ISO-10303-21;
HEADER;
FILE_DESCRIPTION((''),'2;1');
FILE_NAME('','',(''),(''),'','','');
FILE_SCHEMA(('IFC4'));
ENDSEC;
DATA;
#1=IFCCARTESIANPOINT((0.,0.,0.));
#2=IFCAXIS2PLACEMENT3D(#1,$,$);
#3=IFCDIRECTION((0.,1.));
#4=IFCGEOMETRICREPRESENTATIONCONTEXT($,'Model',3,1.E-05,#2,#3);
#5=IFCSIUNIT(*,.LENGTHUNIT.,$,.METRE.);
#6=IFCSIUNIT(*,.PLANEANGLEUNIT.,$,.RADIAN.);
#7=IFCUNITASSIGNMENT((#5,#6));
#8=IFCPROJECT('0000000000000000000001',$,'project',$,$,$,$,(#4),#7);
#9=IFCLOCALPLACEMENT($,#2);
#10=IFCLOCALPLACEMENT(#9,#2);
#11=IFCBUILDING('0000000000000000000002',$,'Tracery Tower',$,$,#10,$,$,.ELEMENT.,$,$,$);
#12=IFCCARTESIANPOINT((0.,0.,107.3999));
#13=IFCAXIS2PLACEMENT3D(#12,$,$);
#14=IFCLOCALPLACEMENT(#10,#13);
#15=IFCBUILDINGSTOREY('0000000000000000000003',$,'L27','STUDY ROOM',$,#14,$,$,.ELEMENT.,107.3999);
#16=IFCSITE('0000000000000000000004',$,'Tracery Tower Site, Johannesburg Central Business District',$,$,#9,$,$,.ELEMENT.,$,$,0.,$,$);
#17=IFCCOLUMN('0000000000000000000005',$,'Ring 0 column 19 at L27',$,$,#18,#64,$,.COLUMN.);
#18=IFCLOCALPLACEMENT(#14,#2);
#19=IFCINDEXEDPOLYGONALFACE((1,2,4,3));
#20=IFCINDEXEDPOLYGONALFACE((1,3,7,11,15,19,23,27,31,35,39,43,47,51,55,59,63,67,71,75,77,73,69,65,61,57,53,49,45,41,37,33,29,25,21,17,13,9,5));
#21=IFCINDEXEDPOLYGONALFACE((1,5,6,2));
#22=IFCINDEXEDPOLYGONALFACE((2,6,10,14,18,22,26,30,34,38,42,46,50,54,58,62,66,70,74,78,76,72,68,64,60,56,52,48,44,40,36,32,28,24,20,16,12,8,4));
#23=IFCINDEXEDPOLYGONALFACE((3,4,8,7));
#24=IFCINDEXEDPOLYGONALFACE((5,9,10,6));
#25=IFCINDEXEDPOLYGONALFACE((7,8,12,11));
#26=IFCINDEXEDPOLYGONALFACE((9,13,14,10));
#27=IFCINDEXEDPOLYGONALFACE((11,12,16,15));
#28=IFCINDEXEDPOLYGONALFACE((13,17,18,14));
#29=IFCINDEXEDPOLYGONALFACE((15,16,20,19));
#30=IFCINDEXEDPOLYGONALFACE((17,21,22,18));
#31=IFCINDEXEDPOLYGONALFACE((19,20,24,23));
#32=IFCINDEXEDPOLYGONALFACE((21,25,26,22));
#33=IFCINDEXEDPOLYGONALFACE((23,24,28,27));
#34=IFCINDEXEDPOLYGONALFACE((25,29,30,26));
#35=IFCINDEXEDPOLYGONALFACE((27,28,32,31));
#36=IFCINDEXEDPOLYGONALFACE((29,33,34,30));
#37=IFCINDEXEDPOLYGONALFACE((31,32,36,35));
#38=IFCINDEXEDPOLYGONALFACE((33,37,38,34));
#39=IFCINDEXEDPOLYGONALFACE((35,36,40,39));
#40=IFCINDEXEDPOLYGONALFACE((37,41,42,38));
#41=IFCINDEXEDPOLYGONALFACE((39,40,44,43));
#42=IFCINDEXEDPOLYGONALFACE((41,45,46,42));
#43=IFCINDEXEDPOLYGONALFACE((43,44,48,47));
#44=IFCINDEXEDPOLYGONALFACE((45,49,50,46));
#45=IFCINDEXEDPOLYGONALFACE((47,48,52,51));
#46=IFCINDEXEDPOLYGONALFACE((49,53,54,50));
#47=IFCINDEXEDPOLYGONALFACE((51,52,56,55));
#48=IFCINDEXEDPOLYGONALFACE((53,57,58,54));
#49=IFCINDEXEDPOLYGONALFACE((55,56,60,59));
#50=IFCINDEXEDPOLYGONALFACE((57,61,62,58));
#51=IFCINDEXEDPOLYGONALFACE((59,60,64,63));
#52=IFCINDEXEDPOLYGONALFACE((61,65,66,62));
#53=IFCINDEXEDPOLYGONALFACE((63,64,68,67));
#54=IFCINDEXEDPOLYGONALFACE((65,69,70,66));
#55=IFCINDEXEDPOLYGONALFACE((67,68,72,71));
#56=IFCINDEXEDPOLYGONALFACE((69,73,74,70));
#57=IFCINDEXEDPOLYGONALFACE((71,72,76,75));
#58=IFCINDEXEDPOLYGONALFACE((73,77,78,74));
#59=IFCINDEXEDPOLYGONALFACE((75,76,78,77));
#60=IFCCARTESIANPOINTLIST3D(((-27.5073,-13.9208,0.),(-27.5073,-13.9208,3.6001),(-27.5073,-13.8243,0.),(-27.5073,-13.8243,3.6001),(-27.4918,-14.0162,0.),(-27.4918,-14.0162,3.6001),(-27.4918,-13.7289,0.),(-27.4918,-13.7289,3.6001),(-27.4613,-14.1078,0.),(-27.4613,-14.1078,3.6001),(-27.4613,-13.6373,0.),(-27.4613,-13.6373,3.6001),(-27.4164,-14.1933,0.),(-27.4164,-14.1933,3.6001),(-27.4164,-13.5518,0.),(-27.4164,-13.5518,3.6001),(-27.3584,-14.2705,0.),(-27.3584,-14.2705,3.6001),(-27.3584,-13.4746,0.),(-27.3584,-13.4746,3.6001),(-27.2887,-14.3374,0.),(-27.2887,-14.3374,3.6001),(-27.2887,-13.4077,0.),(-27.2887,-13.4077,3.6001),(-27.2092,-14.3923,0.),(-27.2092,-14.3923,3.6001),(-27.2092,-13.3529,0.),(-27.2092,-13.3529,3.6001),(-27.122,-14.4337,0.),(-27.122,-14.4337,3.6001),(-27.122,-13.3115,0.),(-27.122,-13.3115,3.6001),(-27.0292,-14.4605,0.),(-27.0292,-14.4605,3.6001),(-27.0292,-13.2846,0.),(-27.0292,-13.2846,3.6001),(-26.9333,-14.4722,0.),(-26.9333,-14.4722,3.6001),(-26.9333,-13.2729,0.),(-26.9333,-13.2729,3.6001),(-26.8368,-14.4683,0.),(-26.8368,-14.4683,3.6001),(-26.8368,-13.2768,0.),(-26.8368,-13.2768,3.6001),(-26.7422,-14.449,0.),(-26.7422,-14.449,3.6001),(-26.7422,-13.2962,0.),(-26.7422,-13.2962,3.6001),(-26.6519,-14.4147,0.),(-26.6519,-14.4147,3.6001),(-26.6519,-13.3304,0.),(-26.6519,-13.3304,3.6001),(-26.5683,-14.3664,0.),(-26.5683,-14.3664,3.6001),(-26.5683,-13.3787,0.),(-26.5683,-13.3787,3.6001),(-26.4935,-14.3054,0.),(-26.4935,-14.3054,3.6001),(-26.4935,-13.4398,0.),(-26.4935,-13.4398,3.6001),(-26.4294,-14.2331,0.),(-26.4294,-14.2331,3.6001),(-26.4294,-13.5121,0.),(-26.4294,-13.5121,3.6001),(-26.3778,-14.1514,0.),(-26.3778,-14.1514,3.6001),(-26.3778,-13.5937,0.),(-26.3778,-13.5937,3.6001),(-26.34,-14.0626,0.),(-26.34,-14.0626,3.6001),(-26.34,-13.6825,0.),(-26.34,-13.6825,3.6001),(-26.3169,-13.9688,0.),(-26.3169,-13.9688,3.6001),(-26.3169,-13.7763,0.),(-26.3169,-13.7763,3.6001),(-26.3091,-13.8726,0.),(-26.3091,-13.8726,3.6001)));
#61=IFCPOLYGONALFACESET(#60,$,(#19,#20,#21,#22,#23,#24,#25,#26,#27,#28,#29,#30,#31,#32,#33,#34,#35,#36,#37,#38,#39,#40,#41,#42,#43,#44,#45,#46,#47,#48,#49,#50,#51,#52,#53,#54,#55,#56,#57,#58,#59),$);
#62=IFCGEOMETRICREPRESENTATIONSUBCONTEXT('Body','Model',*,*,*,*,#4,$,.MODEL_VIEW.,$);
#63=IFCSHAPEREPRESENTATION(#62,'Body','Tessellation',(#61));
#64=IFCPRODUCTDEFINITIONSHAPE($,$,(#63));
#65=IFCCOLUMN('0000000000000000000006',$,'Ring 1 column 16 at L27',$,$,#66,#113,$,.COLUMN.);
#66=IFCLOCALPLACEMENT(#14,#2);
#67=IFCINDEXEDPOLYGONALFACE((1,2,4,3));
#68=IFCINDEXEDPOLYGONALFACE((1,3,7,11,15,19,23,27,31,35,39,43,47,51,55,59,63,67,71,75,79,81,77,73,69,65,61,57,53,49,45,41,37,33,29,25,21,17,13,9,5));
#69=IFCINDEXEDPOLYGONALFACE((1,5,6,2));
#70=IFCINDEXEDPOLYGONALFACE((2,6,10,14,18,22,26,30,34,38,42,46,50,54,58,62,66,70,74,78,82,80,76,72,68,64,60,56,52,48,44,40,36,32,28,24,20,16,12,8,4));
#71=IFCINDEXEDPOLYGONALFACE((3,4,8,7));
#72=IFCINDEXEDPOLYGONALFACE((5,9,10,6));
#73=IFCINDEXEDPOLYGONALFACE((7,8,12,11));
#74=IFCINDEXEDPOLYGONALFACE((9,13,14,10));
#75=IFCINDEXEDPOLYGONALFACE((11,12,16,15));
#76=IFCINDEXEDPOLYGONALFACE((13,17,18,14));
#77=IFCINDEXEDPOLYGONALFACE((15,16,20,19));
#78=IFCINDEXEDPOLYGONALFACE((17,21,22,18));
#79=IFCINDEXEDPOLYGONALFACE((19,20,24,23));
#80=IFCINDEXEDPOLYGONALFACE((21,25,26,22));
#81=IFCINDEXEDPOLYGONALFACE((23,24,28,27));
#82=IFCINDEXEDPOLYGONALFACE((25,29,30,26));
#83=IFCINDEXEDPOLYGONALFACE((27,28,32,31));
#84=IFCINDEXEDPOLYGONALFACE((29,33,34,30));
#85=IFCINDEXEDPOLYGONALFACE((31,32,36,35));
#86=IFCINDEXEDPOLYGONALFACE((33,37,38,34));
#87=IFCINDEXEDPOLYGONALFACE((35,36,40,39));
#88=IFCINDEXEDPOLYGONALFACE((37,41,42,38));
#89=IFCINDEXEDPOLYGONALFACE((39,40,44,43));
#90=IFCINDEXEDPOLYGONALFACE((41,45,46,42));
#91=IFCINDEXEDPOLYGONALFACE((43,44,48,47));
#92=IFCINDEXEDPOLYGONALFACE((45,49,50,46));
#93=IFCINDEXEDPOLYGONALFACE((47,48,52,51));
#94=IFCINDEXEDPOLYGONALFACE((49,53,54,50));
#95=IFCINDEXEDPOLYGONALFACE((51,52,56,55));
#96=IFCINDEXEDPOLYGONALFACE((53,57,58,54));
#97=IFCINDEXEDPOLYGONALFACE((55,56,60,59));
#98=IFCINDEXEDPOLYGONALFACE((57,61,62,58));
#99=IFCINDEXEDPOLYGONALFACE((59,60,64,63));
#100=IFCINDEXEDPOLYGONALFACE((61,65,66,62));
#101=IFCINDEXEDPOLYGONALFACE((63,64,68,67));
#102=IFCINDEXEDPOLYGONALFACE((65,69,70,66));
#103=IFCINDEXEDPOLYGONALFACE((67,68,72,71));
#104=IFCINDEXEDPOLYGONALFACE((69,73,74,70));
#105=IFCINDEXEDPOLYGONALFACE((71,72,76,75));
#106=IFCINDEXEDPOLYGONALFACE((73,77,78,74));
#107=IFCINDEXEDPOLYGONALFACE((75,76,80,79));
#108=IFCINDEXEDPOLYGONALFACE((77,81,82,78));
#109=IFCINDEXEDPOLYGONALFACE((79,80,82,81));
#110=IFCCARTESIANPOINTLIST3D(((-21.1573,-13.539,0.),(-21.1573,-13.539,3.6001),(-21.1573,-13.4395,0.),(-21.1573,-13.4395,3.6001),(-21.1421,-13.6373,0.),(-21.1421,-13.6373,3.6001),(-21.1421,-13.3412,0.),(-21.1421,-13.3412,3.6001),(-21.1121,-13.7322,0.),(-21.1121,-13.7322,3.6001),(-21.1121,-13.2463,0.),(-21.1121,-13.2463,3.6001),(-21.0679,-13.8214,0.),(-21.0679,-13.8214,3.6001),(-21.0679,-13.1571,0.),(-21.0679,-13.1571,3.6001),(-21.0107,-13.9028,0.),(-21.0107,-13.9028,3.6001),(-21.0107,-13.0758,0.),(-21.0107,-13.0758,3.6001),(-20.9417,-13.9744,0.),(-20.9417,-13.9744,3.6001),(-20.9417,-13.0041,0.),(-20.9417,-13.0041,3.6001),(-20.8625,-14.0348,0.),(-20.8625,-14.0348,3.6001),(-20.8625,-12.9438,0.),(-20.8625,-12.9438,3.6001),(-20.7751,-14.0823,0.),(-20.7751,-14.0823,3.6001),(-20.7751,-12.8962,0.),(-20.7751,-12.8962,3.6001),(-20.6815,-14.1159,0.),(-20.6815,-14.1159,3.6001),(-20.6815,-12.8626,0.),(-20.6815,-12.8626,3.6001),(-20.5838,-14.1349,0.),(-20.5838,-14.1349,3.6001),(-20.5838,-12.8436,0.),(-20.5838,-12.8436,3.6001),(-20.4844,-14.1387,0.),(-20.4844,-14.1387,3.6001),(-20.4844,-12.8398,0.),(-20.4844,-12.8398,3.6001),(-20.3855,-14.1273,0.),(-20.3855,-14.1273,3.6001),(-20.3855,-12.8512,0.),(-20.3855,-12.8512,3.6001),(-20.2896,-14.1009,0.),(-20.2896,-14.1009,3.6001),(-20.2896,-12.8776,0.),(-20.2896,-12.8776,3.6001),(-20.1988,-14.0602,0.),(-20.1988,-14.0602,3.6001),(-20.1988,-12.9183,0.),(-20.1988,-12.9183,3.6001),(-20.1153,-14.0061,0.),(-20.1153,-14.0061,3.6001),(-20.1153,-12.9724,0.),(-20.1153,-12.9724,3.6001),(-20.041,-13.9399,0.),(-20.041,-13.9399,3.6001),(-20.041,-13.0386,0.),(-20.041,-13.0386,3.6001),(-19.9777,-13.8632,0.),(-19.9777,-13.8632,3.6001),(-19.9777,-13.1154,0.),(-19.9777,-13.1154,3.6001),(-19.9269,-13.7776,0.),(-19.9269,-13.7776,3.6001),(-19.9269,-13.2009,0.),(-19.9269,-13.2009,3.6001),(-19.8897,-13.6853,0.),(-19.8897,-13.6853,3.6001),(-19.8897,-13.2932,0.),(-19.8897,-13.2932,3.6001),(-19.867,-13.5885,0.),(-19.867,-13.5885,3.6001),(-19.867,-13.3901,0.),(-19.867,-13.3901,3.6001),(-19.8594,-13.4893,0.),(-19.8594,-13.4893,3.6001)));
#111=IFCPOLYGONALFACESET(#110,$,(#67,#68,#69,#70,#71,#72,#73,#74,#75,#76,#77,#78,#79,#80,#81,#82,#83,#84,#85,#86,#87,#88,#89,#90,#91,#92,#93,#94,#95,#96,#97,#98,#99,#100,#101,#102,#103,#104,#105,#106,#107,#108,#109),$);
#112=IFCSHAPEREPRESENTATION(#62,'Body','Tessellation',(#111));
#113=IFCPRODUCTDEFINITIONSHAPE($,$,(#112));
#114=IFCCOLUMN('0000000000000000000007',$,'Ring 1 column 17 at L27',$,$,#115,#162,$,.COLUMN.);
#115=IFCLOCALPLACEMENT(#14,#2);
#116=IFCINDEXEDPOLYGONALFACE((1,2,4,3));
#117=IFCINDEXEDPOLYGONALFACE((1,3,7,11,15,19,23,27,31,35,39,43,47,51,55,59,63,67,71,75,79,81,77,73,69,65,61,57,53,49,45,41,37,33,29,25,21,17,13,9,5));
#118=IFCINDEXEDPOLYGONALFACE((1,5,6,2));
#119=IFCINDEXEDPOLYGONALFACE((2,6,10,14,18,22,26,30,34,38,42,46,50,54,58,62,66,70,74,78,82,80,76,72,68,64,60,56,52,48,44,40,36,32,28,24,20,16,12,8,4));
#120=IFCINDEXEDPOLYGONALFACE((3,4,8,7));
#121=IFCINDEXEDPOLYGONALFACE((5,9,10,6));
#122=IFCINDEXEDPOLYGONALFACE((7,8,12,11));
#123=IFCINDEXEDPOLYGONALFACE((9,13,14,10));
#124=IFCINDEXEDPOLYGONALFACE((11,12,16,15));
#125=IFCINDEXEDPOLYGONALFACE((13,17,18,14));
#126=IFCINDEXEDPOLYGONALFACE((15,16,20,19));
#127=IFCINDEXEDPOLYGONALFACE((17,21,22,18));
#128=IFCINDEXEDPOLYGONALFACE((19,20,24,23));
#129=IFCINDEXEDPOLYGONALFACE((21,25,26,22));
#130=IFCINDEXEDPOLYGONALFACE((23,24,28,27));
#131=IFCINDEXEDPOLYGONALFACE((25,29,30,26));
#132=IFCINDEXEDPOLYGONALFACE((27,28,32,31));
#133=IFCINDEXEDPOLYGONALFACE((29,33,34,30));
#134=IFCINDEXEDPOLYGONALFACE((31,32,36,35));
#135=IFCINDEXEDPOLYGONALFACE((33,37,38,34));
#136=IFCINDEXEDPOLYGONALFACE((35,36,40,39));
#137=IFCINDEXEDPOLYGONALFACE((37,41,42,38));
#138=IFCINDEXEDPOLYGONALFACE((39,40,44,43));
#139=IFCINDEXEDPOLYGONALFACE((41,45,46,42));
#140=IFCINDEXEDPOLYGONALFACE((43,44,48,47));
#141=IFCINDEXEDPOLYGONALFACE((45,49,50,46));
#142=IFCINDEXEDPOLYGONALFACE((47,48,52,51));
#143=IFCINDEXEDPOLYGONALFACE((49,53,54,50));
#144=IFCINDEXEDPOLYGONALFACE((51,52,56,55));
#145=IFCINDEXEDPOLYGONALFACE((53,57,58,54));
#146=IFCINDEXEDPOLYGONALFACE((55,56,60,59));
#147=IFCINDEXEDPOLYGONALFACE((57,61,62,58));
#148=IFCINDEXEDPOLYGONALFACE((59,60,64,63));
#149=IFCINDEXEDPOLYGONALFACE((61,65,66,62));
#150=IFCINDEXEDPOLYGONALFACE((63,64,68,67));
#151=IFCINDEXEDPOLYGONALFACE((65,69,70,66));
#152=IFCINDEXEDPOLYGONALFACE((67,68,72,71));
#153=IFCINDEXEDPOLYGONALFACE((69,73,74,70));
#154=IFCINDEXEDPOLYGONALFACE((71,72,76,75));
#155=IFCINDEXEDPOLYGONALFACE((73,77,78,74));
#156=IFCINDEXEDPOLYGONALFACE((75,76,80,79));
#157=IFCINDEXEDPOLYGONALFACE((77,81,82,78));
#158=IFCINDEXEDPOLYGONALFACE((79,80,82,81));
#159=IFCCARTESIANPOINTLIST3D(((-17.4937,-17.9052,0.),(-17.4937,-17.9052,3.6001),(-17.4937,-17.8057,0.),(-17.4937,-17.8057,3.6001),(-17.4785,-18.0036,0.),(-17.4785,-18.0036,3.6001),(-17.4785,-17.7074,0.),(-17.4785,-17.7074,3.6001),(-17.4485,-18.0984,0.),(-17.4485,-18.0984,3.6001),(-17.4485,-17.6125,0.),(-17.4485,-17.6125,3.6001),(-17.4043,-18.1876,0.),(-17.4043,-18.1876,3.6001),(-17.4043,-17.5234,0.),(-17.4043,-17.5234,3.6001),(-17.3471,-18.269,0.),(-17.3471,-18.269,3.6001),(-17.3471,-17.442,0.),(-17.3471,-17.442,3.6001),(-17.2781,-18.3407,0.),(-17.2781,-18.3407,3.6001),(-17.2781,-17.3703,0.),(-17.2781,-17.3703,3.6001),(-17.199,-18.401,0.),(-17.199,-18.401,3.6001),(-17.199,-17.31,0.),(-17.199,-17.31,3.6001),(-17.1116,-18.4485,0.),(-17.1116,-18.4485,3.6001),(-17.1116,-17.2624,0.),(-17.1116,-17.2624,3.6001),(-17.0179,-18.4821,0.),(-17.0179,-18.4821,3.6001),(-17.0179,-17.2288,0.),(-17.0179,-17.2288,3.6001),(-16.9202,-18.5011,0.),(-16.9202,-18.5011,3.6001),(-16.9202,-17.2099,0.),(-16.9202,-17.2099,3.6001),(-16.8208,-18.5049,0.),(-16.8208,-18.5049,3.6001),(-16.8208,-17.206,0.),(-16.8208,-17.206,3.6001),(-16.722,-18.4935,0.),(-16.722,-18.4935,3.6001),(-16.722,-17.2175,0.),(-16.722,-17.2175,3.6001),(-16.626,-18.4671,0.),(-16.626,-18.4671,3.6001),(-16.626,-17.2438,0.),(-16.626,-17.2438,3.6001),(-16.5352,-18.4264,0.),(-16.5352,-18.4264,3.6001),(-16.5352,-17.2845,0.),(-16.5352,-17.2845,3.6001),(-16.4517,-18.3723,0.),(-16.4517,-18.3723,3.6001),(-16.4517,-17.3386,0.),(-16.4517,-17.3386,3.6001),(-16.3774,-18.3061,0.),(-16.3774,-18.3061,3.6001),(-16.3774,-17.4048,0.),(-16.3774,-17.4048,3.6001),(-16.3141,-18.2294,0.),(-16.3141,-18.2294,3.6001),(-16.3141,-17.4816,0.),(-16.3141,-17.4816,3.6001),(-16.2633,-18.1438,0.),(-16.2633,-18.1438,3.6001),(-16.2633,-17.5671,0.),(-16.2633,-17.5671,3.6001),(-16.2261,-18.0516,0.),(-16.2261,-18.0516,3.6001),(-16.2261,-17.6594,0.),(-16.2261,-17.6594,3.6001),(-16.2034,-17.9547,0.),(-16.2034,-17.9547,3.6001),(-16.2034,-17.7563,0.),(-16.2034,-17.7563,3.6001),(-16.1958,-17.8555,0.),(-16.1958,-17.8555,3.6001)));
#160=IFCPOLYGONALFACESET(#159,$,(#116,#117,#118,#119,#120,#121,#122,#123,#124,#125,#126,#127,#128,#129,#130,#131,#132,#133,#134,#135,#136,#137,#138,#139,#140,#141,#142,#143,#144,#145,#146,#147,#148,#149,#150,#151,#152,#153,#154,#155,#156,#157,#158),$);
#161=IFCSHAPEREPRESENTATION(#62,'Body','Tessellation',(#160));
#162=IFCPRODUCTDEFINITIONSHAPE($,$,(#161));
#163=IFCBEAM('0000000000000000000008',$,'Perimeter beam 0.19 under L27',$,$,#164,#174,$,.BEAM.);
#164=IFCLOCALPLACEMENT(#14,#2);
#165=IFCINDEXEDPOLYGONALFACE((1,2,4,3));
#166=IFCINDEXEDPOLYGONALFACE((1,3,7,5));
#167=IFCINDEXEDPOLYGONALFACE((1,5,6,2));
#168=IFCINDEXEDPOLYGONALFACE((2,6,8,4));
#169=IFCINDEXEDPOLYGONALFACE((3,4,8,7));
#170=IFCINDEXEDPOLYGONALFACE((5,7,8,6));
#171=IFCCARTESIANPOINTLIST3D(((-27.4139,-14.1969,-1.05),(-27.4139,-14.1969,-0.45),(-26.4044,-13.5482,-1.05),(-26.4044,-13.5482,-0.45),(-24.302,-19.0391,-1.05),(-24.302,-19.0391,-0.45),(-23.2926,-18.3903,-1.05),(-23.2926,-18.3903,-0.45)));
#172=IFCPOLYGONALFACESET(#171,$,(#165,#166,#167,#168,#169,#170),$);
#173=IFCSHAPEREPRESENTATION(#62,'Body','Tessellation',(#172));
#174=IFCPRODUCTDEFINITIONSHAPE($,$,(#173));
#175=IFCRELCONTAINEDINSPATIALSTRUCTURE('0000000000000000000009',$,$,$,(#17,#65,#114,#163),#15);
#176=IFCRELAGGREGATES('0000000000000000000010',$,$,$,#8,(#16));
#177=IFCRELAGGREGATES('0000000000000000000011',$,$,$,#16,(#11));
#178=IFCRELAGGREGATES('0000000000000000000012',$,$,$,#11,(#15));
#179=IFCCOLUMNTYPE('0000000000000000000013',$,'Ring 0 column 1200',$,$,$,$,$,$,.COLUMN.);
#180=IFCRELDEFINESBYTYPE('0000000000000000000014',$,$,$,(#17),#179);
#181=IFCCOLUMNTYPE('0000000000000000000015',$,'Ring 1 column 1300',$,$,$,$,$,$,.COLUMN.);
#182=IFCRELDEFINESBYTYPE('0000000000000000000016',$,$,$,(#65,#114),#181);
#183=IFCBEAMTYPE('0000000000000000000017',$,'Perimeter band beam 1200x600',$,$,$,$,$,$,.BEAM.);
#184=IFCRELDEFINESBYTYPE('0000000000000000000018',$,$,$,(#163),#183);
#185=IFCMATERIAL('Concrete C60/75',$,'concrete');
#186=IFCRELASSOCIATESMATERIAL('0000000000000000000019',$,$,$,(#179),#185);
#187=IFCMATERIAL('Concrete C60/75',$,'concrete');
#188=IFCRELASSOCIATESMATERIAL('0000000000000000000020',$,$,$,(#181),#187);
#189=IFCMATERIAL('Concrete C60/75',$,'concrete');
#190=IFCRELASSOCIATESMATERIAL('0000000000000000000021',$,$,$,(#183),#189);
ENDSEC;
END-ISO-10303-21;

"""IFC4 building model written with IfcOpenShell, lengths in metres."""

from ifc_helpers import new_model, si_unit, direction, frame, origin, origin_2d, place, context, subcontext, project, spatial, rectangle, circle, extrude, material, material_profile, profile_set, type_object, element, save


model = new_model("IFC4")

# Units and contexts
model_context = context("Model", 3, precision=1e-05, world=origin(), true_north=direction((0.0, 1.0)))
body_context = subcontext(model_context, "Body", "Model", "MODEL_VIEW")
ifc_project = project(units=[si_unit("LENGTHUNIT", "METRE"), si_unit("PLANEANGLEUNIT", "RADIAN")], contexts=[model_context])

# Site, building, storey
site_placement = place(None, origin())
site = spatial("IfcSite", under=ifc_project, at=site_placement, Name="Tracery Tower Site, Johannesburg Central Business District", CompositionType="ELEMENT", RefElevation=0.0)
building_placement = place(site_placement, origin())
building = spatial("IfcBuilding", under=site, at=building_placement, Name="Tracery Tower", CompositionType="ELEMENT")
storey_placement = place(building_placement, frame((0.0, 0.0, 107.3999)))
storey = spatial("IfcBuildingStorey", under=building, at=storey_placement, Name="L27", Description="STUDY ROOM", CompositionType="ELEMENT", Elevation=107.3999)

# Columns
ifc_material_1 = material(Name="Concrete C60/75", Category="concrete")
ifc_material_profile_1 = material_profile(ifc_material_1, circle(Radius=0.6001, at=origin_2d()), Name="RC D1200")
ifc_profile_set_1 = profile_set([ifc_material_profile_1], Name="Concrete C60/75")
column_type_1 = type_object("IfcColumnType", Name="Ring 0 column 1200", PredefinedType="COLUMN", material=ifc_profile_set_1)
column_placement = place(storey_placement, frame((-26.9092, -13.8726, 0.0), z_axis=(0.0, 0.0, 1.0), x_axis=(1.0, 0.0, 0.0)))
element("IfcColumn", 1, at=column_placement, inside=storey, type_object=column_type_1, Name="Ring 0 column 19 at L27", PredefinedType="COLUMN", context=body_context, shape_type="SweptSolid", body=[
    extrude(circle(Radius=0.6001, at=origin_2d()), origin(), (0.0, 0.0, 1.0), 3.6001),
])
ifc_material_2 = material(Name="Concrete C60/75", Category="concrete")
ifc_material_profile_2 = material_profile(ifc_material_2, circle(Radius=0.6499, at=origin_2d()), Name="RC D1300")
ifc_profile_set_2 = profile_set([ifc_material_profile_2], Name="Concrete C60/75")
column_type_2 = type_object("IfcColumnType", Name="Ring 1 column 1300", PredefinedType="COLUMN", material=ifc_profile_set_2)
for number, where, z_axis, x_axis, name in (
    (2, (-20.5093, -13.4893, 0.0), (0.0, 0.0, 1.0), (1.0, 0.0, 0.0), "Ring 1 column 16 at L27"),
    (3, (-16.8457, -17.8555, 0.0), (0.0, 0.0, 1.0), (1.0, 0.0, 0.0), "Ring 1 column 17 at L27"),
):
    element("IfcColumn", number, at=place(storey_placement, frame(where, z_axis=z_axis, x_axis=x_axis)), inside=storey, type_object=column_type_2, Name=name, PredefinedType="COLUMN", context=body_context, shape_type="SweptSolid", body=[
        extrude(circle(Radius=0.6499, at=origin_2d()), origin(), (0.0, 0.0, 1.0), 3.6001),
    ])

# Beam
ifc_material_3 = material(Name="Concrete C60/75", Category="concrete")
ifc_material_profile_3 = material_profile(ifc_material_3, rectangle(XDim=1.2, YDim=0.6001, at=origin_2d()), Name="RC 1200x600")
ifc_profile_set_3 = profile_set([ifc_material_profile_3], Name="Concrete C60/75")
beam_type = type_object("IfcBeamType", Name="Perimeter band beam 1200x600", PredefinedType="BEAM", material=ifc_profile_set_3)
beam_placement = place(storey_placement, frame((-26.9092, -13.8726, -0.75), z_axis=(0.540644, -0.841252, 0.0), x_axis=(0.841252, 0.540644, 0.0)))
element("IfcBeam", 4, at=beam_placement, inside=storey, type_object=beam_type, Name="Perimeter beam 0.19 under L27", PredefinedType="BEAM", context=body_context, shape_type="SweptSolid", body=[
    extrude(rectangle(XDim=1.2, YDim=0.6001, at=origin_2d()), origin(), (0.0, 0.0, 1.0), 5.7559),
])

save(model, "model.ifc")
